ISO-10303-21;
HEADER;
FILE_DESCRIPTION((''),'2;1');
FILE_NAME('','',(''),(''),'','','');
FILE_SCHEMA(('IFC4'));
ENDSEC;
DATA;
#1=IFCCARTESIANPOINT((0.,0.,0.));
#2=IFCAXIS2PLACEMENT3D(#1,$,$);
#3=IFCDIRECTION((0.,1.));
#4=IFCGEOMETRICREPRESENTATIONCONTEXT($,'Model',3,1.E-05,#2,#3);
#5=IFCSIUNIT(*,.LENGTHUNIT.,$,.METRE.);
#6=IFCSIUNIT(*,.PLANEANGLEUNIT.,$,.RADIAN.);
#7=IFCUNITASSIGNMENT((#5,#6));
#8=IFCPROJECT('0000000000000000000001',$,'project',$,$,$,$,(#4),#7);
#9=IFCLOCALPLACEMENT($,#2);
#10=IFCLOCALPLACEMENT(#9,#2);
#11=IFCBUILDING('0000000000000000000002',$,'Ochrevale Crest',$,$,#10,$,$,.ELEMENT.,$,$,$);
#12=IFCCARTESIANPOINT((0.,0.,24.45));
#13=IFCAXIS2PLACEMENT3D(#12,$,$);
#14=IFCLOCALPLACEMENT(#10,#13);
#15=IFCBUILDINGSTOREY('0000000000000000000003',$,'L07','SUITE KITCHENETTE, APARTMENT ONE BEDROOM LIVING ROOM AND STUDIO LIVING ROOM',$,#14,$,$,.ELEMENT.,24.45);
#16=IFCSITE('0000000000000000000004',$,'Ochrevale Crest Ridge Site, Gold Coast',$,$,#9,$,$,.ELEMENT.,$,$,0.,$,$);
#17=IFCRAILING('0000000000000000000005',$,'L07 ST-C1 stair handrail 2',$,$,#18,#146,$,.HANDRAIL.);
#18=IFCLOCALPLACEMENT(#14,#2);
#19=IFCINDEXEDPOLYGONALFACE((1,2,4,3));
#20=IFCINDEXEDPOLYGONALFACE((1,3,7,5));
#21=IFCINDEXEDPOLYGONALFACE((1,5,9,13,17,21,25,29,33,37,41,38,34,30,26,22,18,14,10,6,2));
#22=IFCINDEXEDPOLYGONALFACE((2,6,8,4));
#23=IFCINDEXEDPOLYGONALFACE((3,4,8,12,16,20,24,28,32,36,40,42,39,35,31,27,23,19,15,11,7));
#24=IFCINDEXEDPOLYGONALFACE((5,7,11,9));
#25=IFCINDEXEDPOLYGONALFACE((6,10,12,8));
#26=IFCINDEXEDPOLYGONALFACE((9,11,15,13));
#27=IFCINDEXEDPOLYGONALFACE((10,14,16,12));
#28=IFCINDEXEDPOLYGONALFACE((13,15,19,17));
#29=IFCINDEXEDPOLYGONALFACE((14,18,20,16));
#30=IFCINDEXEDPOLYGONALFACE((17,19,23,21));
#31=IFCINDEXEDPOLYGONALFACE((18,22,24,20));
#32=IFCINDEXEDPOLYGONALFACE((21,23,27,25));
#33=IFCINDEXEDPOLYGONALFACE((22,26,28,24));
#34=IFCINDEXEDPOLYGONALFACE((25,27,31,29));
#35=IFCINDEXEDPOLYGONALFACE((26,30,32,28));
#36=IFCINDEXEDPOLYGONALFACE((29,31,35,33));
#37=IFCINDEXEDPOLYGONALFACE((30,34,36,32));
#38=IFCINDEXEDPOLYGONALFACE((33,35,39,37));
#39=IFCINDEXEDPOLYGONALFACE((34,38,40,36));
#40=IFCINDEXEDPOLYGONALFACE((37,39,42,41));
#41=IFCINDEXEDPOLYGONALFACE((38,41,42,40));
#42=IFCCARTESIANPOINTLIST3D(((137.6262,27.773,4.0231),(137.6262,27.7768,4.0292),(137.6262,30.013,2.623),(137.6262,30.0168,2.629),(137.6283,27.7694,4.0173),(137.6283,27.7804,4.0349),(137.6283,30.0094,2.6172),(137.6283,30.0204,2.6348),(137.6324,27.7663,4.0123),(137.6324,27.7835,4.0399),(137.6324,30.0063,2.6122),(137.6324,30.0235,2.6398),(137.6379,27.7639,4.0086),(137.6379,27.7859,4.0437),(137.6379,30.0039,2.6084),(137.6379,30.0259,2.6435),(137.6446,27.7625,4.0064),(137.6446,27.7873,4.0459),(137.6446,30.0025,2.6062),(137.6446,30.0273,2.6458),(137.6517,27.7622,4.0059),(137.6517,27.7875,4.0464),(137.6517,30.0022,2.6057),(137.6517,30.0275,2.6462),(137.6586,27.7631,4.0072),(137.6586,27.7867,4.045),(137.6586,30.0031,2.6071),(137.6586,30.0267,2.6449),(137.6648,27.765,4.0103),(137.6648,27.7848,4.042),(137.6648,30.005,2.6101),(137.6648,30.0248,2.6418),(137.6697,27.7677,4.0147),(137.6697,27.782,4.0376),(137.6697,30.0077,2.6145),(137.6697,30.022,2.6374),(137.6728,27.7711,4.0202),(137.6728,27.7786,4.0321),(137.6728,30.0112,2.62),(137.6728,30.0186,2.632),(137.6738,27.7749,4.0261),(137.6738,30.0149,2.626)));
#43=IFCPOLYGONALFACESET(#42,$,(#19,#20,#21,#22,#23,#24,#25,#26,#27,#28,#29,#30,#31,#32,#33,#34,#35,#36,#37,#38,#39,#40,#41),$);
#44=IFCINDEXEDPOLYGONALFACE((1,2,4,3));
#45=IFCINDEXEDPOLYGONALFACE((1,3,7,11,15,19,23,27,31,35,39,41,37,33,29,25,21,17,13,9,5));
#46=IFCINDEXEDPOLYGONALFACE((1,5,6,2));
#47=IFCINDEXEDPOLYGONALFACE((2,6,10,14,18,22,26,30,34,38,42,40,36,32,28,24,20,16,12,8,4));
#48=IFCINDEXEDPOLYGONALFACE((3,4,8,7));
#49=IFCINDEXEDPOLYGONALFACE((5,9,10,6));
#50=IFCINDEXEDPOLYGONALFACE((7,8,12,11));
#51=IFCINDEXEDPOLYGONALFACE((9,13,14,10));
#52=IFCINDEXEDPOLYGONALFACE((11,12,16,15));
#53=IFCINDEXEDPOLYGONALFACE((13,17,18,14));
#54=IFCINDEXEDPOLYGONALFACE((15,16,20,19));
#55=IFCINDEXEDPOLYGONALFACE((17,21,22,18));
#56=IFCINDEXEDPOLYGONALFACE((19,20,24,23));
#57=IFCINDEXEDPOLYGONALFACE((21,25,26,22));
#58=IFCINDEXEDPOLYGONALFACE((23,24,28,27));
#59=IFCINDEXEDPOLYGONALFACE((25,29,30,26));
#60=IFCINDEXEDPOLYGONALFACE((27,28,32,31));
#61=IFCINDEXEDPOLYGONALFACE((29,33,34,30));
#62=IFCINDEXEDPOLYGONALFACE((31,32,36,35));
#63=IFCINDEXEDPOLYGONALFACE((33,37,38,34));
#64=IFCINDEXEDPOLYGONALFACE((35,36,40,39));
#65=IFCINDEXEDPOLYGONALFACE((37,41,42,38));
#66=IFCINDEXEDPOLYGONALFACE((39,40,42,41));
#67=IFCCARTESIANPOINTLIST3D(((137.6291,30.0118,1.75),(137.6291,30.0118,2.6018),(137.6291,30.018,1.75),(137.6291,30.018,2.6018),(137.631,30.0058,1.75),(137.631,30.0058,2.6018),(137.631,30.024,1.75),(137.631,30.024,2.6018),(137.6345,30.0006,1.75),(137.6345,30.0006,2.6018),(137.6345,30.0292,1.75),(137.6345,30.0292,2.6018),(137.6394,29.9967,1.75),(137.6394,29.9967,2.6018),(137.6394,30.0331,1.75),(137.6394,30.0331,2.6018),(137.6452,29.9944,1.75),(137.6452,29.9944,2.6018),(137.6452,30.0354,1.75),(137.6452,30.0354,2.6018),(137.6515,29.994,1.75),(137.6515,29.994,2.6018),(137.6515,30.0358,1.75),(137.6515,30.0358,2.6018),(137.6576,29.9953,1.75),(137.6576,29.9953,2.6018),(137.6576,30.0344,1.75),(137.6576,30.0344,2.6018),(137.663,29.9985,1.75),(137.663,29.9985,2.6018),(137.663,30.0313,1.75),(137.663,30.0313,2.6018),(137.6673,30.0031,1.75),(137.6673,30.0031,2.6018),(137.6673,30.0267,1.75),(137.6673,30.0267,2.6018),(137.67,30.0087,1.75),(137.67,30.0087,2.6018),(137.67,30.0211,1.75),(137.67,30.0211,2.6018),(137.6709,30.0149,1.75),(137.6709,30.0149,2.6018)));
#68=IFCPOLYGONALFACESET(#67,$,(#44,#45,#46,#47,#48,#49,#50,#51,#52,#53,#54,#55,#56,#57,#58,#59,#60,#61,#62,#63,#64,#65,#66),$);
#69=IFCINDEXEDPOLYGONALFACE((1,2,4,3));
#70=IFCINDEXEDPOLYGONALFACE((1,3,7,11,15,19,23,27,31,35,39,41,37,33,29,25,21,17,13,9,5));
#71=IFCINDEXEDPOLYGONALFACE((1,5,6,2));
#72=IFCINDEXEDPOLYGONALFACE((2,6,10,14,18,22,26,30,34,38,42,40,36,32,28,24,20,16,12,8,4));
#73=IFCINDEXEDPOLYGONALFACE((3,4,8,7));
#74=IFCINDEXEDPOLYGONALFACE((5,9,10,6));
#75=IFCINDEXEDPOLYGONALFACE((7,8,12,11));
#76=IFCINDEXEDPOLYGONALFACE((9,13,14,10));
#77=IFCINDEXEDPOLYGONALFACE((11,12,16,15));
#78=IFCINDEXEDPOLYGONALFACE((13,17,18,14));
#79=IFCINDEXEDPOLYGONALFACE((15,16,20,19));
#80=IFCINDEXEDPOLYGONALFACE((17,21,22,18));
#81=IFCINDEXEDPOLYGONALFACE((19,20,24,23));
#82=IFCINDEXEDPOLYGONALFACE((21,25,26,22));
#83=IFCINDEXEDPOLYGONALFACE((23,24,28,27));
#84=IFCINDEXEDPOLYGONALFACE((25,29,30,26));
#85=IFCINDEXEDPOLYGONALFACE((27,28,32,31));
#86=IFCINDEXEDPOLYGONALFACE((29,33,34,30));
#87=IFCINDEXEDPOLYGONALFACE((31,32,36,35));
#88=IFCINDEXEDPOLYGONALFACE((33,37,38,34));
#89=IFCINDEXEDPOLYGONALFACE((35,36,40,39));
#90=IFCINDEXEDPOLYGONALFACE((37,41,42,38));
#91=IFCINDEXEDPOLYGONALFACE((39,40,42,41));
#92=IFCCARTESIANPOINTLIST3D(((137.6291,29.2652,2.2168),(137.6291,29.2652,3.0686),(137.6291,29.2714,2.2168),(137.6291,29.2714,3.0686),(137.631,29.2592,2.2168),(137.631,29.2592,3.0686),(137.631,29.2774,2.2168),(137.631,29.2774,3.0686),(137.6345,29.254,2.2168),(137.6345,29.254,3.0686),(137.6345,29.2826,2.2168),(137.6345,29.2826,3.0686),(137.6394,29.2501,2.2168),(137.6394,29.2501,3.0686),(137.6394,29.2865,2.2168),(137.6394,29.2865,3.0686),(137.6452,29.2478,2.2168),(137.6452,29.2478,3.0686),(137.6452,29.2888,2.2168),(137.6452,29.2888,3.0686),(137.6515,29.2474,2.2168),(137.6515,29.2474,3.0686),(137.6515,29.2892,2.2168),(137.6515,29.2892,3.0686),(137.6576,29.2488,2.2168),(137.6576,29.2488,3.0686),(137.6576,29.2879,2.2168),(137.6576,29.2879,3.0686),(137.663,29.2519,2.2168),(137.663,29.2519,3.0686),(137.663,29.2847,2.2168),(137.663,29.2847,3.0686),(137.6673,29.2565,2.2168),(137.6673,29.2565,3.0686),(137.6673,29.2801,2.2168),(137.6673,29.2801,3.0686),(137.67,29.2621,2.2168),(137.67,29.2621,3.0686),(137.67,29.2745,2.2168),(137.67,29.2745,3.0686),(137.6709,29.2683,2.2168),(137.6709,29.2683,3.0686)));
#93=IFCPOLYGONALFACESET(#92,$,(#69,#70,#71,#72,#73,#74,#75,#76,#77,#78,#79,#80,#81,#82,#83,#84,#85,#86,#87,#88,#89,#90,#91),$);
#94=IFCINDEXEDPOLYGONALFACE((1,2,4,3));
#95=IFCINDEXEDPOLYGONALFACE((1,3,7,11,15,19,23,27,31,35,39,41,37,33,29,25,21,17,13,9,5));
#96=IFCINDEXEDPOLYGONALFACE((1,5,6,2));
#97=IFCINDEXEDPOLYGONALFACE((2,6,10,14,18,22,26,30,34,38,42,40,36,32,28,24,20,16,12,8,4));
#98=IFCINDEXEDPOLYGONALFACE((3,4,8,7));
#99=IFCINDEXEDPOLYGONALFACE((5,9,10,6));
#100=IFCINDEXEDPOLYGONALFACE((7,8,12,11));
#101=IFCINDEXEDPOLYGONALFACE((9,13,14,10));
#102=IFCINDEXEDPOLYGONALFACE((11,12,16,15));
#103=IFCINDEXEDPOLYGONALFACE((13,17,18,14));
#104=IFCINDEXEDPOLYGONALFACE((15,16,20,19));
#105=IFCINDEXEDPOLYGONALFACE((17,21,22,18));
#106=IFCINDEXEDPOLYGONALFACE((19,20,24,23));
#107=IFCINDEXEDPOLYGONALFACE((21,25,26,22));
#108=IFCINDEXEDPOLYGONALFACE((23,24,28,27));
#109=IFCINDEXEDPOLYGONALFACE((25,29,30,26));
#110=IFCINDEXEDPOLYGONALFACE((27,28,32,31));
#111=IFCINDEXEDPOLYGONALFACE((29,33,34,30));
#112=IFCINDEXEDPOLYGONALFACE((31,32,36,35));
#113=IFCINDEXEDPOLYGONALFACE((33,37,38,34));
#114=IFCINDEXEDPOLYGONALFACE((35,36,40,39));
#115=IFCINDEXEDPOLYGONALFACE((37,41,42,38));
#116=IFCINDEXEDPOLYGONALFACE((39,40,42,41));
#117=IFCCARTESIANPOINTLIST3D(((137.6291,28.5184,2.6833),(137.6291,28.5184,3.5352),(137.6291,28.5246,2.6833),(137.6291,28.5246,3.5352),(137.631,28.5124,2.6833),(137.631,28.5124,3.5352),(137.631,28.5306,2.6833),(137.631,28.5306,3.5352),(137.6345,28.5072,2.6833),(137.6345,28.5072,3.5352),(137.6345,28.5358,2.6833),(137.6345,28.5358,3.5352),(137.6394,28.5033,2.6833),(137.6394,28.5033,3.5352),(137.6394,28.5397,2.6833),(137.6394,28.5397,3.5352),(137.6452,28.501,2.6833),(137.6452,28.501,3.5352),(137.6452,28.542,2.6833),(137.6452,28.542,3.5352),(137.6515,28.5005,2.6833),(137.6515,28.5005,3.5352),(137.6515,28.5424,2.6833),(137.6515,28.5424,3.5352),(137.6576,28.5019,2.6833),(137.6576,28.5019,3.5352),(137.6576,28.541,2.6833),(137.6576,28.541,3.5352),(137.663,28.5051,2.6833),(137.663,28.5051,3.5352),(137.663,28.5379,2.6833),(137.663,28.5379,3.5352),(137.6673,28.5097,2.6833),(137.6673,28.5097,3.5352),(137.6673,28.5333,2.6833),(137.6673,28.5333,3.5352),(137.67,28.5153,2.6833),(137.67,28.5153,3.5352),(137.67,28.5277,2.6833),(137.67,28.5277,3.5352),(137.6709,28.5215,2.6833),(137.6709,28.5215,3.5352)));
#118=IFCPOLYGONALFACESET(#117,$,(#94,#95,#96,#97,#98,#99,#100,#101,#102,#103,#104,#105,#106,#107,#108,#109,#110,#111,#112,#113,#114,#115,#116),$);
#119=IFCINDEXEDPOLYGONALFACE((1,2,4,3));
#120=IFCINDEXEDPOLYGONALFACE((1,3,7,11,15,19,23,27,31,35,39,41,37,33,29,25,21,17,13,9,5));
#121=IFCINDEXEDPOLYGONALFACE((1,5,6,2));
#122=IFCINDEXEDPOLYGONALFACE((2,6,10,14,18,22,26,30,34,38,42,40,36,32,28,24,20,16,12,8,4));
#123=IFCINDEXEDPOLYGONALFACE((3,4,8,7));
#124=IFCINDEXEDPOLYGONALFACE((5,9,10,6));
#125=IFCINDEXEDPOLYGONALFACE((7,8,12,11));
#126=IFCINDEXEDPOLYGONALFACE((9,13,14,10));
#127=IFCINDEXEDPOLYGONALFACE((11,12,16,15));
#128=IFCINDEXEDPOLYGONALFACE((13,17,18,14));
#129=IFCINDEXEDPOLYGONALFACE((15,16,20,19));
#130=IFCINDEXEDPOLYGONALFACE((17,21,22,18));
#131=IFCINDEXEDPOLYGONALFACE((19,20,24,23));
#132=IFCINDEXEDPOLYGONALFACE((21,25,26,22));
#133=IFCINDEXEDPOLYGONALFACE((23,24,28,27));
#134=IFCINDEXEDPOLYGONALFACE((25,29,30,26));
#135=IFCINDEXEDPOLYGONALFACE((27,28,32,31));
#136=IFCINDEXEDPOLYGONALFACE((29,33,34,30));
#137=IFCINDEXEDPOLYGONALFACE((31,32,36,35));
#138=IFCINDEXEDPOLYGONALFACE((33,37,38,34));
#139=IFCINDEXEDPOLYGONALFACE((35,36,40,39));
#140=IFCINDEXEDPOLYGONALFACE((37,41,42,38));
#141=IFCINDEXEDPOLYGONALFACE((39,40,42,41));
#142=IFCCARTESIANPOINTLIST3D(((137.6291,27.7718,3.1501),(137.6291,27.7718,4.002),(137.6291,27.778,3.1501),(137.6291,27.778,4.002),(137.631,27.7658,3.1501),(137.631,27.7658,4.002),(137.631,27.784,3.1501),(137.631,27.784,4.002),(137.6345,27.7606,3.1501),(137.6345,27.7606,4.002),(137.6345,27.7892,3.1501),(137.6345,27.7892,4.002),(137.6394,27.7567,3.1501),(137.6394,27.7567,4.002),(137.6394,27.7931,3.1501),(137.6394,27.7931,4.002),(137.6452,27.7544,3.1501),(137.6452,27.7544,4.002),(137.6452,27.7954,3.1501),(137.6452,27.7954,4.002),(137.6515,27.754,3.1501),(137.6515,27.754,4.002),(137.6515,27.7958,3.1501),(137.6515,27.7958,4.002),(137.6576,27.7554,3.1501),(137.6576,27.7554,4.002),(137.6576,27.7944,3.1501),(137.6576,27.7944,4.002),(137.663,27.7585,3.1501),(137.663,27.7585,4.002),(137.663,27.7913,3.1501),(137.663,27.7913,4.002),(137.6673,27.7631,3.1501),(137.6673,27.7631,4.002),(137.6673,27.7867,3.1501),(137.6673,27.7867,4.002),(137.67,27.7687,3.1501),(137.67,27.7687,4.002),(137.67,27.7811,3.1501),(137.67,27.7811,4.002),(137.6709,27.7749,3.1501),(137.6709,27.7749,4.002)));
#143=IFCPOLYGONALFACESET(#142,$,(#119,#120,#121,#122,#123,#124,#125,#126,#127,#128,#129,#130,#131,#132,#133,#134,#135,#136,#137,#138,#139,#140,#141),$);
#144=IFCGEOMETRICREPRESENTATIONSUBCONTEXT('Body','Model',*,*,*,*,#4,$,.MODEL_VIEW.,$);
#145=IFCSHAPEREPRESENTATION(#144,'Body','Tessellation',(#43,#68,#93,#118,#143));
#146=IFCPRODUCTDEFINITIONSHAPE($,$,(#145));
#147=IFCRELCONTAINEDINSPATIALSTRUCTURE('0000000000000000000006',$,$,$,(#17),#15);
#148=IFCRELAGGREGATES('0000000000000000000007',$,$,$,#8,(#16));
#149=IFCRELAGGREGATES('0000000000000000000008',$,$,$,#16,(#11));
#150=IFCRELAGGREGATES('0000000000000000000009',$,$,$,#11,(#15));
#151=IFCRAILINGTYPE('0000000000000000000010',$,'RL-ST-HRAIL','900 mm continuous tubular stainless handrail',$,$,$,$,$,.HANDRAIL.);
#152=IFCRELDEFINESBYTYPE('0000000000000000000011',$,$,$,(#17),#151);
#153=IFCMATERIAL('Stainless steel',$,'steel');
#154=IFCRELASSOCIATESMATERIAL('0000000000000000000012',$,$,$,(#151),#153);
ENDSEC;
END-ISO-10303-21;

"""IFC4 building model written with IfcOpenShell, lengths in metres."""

from ifc_helpers import new_model, si_unit, direction, frame, origin, origin_2d, place, context, subcontext, project, spatial, circle, extrude, material, type_object, element, save


model = new_model("IFC4")

# Units and contexts
model_context = context("Model", 3, precision=1e-05, world=origin(), true_north=direction((0.0, 1.0)))
body_context = subcontext(model_context, "Body", "Model", "MODEL_VIEW")
ifc_project = project(units=[si_unit("LENGTHUNIT", "METRE"), si_unit("PLANEANGLEUNIT", "RADIAN")], contexts=[model_context])

# Site, building, storey
site_placement = place(None, origin())
site = spatial("IfcSite", under=ifc_project, at=site_placement, Name="Ochrevale Crest Ridge Site, Gold Coast", CompositionType="ELEMENT", RefElevation=0.0)
building_placement = place(site_placement, origin())
building = spatial("IfcBuilding", under=site, at=building_placement, Name="Ochrevale Crest", CompositionType="ELEMENT")
storey_placement = place(building_placement, frame((0.0, 0.0, 24.45)))
storey = spatial("IfcBuildingStorey", under=building, at=storey_placement, Name="L07", Description="SUITE KITCHENETTE, APARTMENT ONE BEDROOM LIVING ROOM AND STUDIO LIVING ROOM", CompositionType="ELEMENT", Elevation=24.45)

# Railing
ifc_material_1 = material(Name="Stainless steel", Category="steel")
railing_type_1 = type_object("IfcRailingType", Name="RL-ST-HRAIL", Description="900 mm continuous tubular stainless handrail", PredefinedType="HANDRAIL", material=ifc_material_1)
railing_1_placement = place(storey_placement, frame((137.6499, 30.0149, 1.75)))
element("IfcRailing", 1, at=railing_1_placement, inside=storey, type_object=railing_type_1, Name="L07 ST-C1 stair handrail 2", PredefinedType="HANDRAIL", context=body_context, shape_type="SweptSolid", body=[
    extrude(circle(Radius=0.0239, at=origin_2d()), frame((0.0, 0.0, 0.876), z_axis=(0.0, -0.847972, 0.53004), x_axis=(1.0, 0.0, 0.0)), (0.0, 0.0, 1.0), 2.6416),
    extrude(circle(Radius=0.021, at=origin_2d()), origin(), (0.0, 0.0, 1.0), 0.8518),
    extrude(circle(Radius=0.021, at=origin_2d()), frame((0.0, -0.7466, 0.4668)), (0.0, 0.0, 1.0), 0.8518),
    extrude(circle(Radius=0.021, at=origin_2d()), frame((0.0, -1.4934, 0.9333)), (0.0, 0.0, 1.0), 0.8518),
    extrude(circle(Radius=0.021, at=origin_2d()), frame((0.0, -2.24, 1.4001)), (0.0, 0.0, 1.0), 0.8518),
])

save(model, "model.ifc")
